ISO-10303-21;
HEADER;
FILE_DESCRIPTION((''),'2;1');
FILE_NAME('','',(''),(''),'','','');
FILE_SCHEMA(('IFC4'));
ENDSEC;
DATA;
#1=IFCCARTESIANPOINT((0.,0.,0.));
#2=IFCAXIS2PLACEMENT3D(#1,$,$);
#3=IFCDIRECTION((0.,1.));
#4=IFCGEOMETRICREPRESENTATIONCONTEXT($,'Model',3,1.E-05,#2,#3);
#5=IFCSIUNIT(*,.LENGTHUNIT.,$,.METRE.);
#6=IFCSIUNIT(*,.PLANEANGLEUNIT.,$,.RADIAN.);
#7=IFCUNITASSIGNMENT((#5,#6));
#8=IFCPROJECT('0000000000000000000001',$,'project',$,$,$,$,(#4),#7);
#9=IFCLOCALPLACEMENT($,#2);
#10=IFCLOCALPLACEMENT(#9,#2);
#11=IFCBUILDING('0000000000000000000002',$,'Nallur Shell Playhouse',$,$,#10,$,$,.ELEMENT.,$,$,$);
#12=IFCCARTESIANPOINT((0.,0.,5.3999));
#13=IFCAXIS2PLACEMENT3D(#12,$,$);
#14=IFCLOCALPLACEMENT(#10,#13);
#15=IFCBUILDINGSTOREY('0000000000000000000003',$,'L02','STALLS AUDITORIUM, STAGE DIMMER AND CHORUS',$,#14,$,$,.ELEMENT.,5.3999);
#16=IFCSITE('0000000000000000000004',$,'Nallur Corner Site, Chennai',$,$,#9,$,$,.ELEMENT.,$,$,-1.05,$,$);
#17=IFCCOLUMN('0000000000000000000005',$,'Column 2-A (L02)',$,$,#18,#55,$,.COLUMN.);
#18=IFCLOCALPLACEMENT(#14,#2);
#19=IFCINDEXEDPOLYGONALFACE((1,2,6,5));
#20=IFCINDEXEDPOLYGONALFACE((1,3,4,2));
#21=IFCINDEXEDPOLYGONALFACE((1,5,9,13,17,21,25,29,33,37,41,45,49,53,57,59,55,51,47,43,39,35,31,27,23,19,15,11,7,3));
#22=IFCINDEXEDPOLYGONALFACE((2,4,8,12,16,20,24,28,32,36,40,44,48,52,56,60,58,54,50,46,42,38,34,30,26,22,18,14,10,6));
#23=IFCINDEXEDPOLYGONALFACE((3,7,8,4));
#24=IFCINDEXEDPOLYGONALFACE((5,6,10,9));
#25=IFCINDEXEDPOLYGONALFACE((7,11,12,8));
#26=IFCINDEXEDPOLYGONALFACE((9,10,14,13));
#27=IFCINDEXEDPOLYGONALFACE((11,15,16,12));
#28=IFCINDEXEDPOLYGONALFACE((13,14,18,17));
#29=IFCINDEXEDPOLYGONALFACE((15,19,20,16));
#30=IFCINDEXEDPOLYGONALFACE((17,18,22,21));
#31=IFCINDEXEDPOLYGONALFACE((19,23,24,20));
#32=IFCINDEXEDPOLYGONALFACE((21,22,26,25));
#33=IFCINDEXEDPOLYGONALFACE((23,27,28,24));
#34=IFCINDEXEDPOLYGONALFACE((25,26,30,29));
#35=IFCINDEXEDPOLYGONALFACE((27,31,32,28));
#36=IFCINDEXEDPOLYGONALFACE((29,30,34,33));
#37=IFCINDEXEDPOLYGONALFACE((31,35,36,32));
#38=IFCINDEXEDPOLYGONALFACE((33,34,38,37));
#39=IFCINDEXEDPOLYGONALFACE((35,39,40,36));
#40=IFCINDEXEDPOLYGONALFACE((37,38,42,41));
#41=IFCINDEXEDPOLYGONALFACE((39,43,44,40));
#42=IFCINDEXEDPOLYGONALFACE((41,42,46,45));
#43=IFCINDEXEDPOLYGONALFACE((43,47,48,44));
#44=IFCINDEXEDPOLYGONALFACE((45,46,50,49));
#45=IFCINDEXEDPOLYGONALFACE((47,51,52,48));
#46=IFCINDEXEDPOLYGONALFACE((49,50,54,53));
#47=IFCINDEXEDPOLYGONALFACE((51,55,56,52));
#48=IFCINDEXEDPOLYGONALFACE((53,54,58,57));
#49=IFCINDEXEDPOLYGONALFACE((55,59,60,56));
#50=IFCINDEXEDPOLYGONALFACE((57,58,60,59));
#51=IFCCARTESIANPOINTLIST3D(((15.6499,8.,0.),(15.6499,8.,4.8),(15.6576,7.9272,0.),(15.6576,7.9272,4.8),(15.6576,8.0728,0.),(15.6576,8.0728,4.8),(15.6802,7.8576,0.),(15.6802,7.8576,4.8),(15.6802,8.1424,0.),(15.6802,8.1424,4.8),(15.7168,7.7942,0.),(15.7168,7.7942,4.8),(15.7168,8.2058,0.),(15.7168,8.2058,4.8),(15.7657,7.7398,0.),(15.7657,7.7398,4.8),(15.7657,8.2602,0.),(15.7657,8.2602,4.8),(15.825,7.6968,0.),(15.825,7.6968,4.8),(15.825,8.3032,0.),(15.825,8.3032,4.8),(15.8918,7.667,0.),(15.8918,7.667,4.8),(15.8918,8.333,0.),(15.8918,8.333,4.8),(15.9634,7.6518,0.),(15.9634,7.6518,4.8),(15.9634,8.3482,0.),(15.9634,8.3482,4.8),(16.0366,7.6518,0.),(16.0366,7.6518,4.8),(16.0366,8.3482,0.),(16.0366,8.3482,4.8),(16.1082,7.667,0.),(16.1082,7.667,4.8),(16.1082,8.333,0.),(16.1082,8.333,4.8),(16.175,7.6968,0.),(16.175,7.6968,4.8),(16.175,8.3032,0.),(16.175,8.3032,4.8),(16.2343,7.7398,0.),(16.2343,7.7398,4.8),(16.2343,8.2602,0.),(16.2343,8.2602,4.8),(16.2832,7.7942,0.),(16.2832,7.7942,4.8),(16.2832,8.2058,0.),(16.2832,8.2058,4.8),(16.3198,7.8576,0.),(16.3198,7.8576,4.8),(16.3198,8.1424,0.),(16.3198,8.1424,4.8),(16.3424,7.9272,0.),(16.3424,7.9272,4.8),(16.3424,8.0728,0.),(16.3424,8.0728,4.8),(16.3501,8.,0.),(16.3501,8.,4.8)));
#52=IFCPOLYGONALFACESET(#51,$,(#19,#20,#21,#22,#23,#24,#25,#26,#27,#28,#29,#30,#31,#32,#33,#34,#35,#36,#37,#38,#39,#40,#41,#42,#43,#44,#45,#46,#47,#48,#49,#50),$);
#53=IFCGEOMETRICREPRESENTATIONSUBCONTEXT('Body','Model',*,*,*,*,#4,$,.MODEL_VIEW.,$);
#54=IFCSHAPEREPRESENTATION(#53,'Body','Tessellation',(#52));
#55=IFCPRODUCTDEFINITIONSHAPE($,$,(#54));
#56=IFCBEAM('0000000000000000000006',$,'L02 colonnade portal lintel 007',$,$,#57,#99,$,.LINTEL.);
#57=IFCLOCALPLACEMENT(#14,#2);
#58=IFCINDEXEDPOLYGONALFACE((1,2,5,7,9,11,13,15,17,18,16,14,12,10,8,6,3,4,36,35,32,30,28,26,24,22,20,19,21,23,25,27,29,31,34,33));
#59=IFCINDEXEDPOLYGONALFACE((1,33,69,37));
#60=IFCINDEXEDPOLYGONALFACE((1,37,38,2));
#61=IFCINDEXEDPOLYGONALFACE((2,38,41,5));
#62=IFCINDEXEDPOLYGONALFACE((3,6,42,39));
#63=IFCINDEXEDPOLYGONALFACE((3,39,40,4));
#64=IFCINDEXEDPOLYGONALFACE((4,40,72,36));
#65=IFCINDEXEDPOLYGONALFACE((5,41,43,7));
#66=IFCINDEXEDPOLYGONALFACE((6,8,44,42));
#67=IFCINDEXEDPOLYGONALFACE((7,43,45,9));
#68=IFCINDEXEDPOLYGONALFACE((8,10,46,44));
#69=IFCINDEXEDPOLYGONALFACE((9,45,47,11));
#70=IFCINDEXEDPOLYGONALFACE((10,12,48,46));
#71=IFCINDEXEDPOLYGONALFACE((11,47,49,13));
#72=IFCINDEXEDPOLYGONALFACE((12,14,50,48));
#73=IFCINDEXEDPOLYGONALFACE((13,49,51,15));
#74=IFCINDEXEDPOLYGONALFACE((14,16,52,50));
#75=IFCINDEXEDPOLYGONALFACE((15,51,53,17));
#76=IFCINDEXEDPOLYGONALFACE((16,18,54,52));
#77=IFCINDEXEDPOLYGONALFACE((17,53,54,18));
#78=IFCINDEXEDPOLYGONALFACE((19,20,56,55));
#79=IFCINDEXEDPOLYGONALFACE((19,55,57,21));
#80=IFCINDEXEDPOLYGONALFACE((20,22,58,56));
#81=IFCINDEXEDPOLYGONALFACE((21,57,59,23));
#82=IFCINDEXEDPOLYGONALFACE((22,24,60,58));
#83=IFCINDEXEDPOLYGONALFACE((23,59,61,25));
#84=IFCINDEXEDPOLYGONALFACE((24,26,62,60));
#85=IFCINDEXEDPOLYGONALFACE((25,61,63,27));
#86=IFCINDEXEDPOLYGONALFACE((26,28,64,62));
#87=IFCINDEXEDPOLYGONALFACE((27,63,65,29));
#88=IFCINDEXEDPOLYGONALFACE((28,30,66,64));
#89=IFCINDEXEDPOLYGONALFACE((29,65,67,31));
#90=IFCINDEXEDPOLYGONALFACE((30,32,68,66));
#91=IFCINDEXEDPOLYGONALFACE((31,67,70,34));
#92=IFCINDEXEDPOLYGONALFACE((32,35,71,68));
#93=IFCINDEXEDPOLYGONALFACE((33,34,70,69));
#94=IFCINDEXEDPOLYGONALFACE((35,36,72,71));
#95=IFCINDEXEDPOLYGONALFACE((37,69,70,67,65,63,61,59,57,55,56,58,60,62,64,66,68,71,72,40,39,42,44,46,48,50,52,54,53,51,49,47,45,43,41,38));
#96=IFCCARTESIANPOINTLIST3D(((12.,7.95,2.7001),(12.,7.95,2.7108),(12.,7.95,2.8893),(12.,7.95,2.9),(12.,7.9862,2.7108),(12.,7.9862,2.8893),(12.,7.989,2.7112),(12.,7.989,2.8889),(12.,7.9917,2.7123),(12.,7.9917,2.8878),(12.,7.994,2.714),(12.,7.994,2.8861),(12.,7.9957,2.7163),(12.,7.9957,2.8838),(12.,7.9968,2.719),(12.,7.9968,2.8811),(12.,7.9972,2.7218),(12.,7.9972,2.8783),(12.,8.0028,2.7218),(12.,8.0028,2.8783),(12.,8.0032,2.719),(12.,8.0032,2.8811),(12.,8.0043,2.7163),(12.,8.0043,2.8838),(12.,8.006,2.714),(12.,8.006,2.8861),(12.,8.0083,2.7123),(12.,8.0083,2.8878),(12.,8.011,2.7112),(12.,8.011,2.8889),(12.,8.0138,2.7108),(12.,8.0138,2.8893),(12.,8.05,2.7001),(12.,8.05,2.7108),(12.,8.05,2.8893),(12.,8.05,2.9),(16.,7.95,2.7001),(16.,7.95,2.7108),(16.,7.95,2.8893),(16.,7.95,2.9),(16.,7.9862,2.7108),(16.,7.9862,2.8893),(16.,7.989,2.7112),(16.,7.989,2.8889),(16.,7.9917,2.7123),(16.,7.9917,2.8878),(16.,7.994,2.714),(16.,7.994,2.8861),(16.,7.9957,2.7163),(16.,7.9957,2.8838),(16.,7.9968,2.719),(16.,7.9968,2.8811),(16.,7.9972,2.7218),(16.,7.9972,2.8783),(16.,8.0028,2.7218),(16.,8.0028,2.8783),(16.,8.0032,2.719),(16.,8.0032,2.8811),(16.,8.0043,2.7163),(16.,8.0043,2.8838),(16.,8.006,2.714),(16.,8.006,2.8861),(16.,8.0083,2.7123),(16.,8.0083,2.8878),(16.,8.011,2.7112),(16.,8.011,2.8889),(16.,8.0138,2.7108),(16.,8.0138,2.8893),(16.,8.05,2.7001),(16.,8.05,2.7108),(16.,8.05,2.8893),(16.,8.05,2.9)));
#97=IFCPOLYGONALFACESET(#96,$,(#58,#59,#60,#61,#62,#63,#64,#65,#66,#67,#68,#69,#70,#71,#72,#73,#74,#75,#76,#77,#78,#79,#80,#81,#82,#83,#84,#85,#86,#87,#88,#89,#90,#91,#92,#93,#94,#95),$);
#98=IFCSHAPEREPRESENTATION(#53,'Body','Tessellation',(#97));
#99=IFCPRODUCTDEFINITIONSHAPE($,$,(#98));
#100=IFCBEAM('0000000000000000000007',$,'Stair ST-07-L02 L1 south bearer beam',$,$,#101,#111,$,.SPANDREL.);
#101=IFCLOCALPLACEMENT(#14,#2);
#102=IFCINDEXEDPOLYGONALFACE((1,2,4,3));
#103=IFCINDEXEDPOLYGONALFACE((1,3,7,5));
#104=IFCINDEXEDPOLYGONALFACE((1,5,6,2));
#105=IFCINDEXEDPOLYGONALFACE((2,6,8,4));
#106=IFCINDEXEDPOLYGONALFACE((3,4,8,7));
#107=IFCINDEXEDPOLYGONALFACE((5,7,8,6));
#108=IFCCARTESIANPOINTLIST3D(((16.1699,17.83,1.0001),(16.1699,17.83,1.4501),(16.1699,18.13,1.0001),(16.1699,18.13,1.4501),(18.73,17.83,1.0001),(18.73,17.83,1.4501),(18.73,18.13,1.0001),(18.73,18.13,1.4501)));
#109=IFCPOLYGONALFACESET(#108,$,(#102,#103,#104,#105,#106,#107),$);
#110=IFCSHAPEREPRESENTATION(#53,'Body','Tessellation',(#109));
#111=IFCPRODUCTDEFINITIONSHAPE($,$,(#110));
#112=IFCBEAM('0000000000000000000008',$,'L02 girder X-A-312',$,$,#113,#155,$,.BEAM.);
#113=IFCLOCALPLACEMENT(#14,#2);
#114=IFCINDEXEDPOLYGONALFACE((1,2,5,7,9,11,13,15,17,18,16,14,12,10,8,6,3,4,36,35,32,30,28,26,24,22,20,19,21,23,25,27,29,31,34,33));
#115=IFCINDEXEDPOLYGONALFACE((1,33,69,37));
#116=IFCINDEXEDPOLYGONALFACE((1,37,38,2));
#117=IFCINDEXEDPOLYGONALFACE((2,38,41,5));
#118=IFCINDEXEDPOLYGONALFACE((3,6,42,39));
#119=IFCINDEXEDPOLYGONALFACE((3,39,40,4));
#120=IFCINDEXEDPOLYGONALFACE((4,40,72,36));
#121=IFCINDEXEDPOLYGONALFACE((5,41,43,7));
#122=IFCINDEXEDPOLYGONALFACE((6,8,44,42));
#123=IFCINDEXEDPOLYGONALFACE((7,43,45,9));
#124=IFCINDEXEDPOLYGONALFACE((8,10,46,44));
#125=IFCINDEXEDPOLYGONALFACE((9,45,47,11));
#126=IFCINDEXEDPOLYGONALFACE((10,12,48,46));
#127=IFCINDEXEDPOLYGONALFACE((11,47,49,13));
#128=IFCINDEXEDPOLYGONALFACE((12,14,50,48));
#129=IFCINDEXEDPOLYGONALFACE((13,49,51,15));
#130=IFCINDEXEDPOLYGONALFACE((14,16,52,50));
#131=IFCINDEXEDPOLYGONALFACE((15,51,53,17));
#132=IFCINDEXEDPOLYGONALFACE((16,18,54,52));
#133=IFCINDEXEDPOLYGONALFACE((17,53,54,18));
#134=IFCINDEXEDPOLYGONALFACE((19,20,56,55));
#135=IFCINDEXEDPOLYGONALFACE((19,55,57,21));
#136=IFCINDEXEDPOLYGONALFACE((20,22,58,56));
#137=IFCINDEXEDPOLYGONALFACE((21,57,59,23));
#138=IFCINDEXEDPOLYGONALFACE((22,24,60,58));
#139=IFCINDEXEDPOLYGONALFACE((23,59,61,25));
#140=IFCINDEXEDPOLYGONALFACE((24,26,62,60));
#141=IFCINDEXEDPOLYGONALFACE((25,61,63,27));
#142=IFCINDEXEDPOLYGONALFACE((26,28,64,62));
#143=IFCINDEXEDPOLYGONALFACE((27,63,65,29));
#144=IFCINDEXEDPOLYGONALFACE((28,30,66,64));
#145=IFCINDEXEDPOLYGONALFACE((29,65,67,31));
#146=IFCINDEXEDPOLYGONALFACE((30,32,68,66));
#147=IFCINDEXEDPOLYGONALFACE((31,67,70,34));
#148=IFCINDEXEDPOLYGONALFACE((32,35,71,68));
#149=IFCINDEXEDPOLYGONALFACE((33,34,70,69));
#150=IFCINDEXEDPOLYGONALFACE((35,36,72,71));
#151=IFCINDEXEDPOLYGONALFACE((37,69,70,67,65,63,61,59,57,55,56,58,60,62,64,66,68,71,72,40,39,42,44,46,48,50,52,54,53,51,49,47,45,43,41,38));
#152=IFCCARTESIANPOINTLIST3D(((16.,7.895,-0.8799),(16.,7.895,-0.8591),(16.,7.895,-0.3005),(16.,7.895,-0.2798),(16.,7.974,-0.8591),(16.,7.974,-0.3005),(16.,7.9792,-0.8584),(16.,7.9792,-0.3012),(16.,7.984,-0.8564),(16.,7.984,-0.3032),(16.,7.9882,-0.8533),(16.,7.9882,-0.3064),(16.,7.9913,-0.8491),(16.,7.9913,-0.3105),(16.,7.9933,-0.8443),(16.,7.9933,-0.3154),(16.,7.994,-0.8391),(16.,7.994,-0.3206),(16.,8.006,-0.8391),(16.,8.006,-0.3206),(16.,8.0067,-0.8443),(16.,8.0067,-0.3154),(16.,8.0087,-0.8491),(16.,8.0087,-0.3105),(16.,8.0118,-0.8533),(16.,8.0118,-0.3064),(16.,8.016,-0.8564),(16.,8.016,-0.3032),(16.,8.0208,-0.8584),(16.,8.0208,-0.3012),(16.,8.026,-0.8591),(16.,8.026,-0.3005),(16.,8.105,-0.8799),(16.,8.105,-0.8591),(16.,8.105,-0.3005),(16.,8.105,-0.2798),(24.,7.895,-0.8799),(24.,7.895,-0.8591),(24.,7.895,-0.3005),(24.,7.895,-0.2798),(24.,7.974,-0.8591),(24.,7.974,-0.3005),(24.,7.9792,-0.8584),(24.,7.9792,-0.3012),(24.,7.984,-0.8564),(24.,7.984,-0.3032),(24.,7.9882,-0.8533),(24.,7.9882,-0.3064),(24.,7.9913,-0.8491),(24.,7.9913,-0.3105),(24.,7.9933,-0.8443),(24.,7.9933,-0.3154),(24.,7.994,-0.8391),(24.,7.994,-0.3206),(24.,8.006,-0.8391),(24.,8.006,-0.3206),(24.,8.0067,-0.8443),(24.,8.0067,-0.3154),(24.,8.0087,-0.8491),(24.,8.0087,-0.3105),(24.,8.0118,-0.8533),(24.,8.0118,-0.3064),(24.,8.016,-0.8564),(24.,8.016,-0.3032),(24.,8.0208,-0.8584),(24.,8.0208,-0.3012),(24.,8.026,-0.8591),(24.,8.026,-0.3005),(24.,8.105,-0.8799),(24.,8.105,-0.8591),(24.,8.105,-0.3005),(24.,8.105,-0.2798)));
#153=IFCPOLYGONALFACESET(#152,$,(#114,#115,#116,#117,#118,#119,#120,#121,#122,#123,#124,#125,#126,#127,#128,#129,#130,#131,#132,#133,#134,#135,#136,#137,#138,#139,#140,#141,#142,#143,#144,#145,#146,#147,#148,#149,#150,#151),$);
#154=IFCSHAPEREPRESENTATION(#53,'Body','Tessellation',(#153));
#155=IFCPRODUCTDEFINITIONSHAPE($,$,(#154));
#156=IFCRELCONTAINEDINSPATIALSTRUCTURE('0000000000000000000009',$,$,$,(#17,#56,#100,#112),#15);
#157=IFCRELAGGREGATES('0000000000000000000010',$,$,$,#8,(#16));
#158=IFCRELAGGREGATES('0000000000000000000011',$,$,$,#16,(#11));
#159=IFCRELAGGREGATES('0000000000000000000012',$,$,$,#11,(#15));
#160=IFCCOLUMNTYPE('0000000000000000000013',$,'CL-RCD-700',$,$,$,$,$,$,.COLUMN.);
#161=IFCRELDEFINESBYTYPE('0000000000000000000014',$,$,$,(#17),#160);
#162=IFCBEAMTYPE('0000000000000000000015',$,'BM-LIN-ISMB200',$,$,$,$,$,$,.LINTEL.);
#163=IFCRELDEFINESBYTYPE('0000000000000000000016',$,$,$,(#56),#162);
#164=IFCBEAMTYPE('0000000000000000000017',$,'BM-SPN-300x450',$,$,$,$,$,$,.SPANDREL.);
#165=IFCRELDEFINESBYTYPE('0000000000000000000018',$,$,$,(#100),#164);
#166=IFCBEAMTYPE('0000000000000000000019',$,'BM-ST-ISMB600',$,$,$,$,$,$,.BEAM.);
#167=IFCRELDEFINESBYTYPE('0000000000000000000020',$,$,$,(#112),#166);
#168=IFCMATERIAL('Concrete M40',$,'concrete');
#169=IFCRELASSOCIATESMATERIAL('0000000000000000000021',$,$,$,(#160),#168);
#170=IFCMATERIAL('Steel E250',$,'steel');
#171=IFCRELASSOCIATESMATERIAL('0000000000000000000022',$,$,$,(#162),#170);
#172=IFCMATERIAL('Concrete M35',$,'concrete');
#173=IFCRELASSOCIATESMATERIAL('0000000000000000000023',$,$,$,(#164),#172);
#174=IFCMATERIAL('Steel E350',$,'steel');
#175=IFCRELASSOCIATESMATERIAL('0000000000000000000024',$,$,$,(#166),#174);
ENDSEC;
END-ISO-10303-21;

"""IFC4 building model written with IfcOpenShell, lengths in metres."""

from ifc_helpers import new_model, si_unit, direction, frame, origin, origin_2d, place, context, subcontext, project, spatial, rectangle, circle, i_section, extrude, material, material_profile, profile_set, type_object, element, save


model = new_model("IFC4")

# Units and contexts
model_context = context("Model", 3, precision=1e-05, world=origin(), true_north=direction((0.0, 1.0)))
body_context = subcontext(model_context, "Body", "Model", "MODEL_VIEW")
ifc_project = project(units=[si_unit("LENGTHUNIT", "METRE"), si_unit("PLANEANGLEUNIT", "RADIAN")], contexts=[model_context])

# Site, building, storey
site_placement = place(None, origin())
site = spatial("IfcSite", under=ifc_project, at=site_placement, Name="Nallur Corner Site, Chennai", CompositionType="ELEMENT", RefElevation=-1.05)
building_placement = place(site_placement, origin())
building = spatial("IfcBuilding", under=site, at=building_placement, Name="Nallur Shell Playhouse", CompositionType="ELEMENT")
storey_placement = place(building_placement, frame((0.0, 0.0, 5.3999)))
storey = spatial("IfcBuildingStorey", under=building, at=storey_placement, Name="L02", Description="STALLS AUDITORIUM, STAGE DIMMER AND CHORUS", CompositionType="ELEMENT", Elevation=5.3999)

# Column
ifc_material_1 = material(Name="Concrete M40", Category="concrete")
ifc_material_profile_1 = material_profile(ifc_material_1, circle(Radius=0.3501, at=origin_2d()), Name="RC D700")
ifc_profile_set_1 = profile_set([ifc_material_profile_1], Name="Concrete M40")
column_type = type_object("IfcColumnType", Name="CL-RCD-700", PredefinedType="COLUMN", material=ifc_profile_set_1)
column_placement = place(storey_placement, frame((16.0, 8.0, 0.0), z_axis=(0.0, 0.0, 1.0), x_axis=(1.0, 0.0, 0.0)))
element("IfcColumn", 1, at=column_placement, inside=storey, type_object=column_type, Name="Column 2-A (L02)", PredefinedType="COLUMN", context=body_context, shape_type="SweptSolid", body=[
    extrude(circle(Radius=0.3501, at=origin_2d()), origin(), (0.0, 0.0, 1.0), 4.8),
])

# Beams
ifc_material_2 = material(Name="Steel E250", Category="steel")
ifc_material_profile_2 = material_profile(ifc_material_2, i_section(OverallWidth=0.1001, OverallDepth=0.2, WebThickness=0.0056, FlangeThickness=0.0107, FilletRadius=0.011, at=origin_2d()), Name="ISMB 200")
ifc_profile_set_2 = profile_set([ifc_material_profile_2], Name="Steel E250")
beam_type_1 = type_object("IfcBeamType", Name="BM-LIN-ISMB200", PredefinedType="LINTEL", material=ifc_profile_set_2)
beam_1_placement = place(storey_placement, frame((12.0, 8.0, 2.8), z_axis=(1.0, 0.0, 0.0), x_axis=(0.0, 1.0, 0.0)))
element("IfcBeam", 2, at=beam_1_placement, inside=storey, type_object=beam_type_1, Name="L02 colonnade portal lintel 007", PredefinedType="LINTEL", context=body_context, shape_type="SweptSolid", body=[
    extrude(i_section(OverallWidth=0.1001, OverallDepth=0.2, WebThickness=0.0056, FlangeThickness=0.0107, FilletRadius=0.011, at=origin_2d()), origin(), (0.0, 0.0, 1.0), 4.0),
])
ifc_material_3 = material(Name="Concrete M35", Category="concrete")
ifc_material_profile_3 = material_profile(ifc_material_3, rectangle(XDim=0.3, YDim=0.45, at=origin_2d()), Name="RC 300x450")
ifc_profile_set_3 = profile_set([ifc_material_profile_3], Name="Concrete M35")
beam_type_2 = type_object("IfcBeamType", Name="BM-SPN-300x450", PredefinedType="SPANDREL", material=ifc_profile_set_3)
beam_2_placement = place(storey_placement, frame((16.1699, 17.98, 1.2251), z_axis=(1.0, 0.0, 0.0), x_axis=(0.0, 1.0, 0.0)))
element("IfcBeam", 3, at=beam_2_placement, inside=storey, type_object=beam_type_2, Name="Stair ST-07-L02 L1 south bearer beam", PredefinedType="SPANDREL", context=body_context, shape_type="SweptSolid", body=[
    extrude(rectangle(XDim=0.3, YDim=0.45, at=origin_2d()), origin(), (0.0, 0.0, 1.0), 2.5601),
])
ifc_material_4 = material(Name="Steel E350", Category="steel")
ifc_material_profile_4 = material_profile(ifc_material_4, i_section(OverallWidth=0.21, OverallDepth=0.6001, WebThickness=0.012, FlangeThickness=0.0208, FilletRadius=0.02, at=origin_2d()), Name="ISMB 600")
ifc_profile_set_4 = profile_set([ifc_material_profile_4], Name="Steel E350")
beam_type_3 = type_object("IfcBeamType", Name="BM-ST-ISMB600", PredefinedType="BEAM", material=ifc_profile_set_4)
beam_3_placement = place(storey_placement, frame((16.0, 8.0, -0.5798), z_axis=(1.0, 0.0, 0.0), x_axis=(0.0, 1.0, 0.0)))
element("IfcBeam", 4, at=beam_3_placement, inside=storey, type_object=beam_type_3, Name="L02 girder X-A-312", PredefinedType="BEAM", context=body_context, shape_type="SweptSolid", body=[
    extrude(i_section(OverallWidth=0.21, OverallDepth=0.6001, WebThickness=0.012, FlangeThickness=0.0208, FilletRadius=0.02, at=origin_2d()), origin(), (0.0, 0.0, 1.0), 8.0),
])

save(model, "model.ifc")
